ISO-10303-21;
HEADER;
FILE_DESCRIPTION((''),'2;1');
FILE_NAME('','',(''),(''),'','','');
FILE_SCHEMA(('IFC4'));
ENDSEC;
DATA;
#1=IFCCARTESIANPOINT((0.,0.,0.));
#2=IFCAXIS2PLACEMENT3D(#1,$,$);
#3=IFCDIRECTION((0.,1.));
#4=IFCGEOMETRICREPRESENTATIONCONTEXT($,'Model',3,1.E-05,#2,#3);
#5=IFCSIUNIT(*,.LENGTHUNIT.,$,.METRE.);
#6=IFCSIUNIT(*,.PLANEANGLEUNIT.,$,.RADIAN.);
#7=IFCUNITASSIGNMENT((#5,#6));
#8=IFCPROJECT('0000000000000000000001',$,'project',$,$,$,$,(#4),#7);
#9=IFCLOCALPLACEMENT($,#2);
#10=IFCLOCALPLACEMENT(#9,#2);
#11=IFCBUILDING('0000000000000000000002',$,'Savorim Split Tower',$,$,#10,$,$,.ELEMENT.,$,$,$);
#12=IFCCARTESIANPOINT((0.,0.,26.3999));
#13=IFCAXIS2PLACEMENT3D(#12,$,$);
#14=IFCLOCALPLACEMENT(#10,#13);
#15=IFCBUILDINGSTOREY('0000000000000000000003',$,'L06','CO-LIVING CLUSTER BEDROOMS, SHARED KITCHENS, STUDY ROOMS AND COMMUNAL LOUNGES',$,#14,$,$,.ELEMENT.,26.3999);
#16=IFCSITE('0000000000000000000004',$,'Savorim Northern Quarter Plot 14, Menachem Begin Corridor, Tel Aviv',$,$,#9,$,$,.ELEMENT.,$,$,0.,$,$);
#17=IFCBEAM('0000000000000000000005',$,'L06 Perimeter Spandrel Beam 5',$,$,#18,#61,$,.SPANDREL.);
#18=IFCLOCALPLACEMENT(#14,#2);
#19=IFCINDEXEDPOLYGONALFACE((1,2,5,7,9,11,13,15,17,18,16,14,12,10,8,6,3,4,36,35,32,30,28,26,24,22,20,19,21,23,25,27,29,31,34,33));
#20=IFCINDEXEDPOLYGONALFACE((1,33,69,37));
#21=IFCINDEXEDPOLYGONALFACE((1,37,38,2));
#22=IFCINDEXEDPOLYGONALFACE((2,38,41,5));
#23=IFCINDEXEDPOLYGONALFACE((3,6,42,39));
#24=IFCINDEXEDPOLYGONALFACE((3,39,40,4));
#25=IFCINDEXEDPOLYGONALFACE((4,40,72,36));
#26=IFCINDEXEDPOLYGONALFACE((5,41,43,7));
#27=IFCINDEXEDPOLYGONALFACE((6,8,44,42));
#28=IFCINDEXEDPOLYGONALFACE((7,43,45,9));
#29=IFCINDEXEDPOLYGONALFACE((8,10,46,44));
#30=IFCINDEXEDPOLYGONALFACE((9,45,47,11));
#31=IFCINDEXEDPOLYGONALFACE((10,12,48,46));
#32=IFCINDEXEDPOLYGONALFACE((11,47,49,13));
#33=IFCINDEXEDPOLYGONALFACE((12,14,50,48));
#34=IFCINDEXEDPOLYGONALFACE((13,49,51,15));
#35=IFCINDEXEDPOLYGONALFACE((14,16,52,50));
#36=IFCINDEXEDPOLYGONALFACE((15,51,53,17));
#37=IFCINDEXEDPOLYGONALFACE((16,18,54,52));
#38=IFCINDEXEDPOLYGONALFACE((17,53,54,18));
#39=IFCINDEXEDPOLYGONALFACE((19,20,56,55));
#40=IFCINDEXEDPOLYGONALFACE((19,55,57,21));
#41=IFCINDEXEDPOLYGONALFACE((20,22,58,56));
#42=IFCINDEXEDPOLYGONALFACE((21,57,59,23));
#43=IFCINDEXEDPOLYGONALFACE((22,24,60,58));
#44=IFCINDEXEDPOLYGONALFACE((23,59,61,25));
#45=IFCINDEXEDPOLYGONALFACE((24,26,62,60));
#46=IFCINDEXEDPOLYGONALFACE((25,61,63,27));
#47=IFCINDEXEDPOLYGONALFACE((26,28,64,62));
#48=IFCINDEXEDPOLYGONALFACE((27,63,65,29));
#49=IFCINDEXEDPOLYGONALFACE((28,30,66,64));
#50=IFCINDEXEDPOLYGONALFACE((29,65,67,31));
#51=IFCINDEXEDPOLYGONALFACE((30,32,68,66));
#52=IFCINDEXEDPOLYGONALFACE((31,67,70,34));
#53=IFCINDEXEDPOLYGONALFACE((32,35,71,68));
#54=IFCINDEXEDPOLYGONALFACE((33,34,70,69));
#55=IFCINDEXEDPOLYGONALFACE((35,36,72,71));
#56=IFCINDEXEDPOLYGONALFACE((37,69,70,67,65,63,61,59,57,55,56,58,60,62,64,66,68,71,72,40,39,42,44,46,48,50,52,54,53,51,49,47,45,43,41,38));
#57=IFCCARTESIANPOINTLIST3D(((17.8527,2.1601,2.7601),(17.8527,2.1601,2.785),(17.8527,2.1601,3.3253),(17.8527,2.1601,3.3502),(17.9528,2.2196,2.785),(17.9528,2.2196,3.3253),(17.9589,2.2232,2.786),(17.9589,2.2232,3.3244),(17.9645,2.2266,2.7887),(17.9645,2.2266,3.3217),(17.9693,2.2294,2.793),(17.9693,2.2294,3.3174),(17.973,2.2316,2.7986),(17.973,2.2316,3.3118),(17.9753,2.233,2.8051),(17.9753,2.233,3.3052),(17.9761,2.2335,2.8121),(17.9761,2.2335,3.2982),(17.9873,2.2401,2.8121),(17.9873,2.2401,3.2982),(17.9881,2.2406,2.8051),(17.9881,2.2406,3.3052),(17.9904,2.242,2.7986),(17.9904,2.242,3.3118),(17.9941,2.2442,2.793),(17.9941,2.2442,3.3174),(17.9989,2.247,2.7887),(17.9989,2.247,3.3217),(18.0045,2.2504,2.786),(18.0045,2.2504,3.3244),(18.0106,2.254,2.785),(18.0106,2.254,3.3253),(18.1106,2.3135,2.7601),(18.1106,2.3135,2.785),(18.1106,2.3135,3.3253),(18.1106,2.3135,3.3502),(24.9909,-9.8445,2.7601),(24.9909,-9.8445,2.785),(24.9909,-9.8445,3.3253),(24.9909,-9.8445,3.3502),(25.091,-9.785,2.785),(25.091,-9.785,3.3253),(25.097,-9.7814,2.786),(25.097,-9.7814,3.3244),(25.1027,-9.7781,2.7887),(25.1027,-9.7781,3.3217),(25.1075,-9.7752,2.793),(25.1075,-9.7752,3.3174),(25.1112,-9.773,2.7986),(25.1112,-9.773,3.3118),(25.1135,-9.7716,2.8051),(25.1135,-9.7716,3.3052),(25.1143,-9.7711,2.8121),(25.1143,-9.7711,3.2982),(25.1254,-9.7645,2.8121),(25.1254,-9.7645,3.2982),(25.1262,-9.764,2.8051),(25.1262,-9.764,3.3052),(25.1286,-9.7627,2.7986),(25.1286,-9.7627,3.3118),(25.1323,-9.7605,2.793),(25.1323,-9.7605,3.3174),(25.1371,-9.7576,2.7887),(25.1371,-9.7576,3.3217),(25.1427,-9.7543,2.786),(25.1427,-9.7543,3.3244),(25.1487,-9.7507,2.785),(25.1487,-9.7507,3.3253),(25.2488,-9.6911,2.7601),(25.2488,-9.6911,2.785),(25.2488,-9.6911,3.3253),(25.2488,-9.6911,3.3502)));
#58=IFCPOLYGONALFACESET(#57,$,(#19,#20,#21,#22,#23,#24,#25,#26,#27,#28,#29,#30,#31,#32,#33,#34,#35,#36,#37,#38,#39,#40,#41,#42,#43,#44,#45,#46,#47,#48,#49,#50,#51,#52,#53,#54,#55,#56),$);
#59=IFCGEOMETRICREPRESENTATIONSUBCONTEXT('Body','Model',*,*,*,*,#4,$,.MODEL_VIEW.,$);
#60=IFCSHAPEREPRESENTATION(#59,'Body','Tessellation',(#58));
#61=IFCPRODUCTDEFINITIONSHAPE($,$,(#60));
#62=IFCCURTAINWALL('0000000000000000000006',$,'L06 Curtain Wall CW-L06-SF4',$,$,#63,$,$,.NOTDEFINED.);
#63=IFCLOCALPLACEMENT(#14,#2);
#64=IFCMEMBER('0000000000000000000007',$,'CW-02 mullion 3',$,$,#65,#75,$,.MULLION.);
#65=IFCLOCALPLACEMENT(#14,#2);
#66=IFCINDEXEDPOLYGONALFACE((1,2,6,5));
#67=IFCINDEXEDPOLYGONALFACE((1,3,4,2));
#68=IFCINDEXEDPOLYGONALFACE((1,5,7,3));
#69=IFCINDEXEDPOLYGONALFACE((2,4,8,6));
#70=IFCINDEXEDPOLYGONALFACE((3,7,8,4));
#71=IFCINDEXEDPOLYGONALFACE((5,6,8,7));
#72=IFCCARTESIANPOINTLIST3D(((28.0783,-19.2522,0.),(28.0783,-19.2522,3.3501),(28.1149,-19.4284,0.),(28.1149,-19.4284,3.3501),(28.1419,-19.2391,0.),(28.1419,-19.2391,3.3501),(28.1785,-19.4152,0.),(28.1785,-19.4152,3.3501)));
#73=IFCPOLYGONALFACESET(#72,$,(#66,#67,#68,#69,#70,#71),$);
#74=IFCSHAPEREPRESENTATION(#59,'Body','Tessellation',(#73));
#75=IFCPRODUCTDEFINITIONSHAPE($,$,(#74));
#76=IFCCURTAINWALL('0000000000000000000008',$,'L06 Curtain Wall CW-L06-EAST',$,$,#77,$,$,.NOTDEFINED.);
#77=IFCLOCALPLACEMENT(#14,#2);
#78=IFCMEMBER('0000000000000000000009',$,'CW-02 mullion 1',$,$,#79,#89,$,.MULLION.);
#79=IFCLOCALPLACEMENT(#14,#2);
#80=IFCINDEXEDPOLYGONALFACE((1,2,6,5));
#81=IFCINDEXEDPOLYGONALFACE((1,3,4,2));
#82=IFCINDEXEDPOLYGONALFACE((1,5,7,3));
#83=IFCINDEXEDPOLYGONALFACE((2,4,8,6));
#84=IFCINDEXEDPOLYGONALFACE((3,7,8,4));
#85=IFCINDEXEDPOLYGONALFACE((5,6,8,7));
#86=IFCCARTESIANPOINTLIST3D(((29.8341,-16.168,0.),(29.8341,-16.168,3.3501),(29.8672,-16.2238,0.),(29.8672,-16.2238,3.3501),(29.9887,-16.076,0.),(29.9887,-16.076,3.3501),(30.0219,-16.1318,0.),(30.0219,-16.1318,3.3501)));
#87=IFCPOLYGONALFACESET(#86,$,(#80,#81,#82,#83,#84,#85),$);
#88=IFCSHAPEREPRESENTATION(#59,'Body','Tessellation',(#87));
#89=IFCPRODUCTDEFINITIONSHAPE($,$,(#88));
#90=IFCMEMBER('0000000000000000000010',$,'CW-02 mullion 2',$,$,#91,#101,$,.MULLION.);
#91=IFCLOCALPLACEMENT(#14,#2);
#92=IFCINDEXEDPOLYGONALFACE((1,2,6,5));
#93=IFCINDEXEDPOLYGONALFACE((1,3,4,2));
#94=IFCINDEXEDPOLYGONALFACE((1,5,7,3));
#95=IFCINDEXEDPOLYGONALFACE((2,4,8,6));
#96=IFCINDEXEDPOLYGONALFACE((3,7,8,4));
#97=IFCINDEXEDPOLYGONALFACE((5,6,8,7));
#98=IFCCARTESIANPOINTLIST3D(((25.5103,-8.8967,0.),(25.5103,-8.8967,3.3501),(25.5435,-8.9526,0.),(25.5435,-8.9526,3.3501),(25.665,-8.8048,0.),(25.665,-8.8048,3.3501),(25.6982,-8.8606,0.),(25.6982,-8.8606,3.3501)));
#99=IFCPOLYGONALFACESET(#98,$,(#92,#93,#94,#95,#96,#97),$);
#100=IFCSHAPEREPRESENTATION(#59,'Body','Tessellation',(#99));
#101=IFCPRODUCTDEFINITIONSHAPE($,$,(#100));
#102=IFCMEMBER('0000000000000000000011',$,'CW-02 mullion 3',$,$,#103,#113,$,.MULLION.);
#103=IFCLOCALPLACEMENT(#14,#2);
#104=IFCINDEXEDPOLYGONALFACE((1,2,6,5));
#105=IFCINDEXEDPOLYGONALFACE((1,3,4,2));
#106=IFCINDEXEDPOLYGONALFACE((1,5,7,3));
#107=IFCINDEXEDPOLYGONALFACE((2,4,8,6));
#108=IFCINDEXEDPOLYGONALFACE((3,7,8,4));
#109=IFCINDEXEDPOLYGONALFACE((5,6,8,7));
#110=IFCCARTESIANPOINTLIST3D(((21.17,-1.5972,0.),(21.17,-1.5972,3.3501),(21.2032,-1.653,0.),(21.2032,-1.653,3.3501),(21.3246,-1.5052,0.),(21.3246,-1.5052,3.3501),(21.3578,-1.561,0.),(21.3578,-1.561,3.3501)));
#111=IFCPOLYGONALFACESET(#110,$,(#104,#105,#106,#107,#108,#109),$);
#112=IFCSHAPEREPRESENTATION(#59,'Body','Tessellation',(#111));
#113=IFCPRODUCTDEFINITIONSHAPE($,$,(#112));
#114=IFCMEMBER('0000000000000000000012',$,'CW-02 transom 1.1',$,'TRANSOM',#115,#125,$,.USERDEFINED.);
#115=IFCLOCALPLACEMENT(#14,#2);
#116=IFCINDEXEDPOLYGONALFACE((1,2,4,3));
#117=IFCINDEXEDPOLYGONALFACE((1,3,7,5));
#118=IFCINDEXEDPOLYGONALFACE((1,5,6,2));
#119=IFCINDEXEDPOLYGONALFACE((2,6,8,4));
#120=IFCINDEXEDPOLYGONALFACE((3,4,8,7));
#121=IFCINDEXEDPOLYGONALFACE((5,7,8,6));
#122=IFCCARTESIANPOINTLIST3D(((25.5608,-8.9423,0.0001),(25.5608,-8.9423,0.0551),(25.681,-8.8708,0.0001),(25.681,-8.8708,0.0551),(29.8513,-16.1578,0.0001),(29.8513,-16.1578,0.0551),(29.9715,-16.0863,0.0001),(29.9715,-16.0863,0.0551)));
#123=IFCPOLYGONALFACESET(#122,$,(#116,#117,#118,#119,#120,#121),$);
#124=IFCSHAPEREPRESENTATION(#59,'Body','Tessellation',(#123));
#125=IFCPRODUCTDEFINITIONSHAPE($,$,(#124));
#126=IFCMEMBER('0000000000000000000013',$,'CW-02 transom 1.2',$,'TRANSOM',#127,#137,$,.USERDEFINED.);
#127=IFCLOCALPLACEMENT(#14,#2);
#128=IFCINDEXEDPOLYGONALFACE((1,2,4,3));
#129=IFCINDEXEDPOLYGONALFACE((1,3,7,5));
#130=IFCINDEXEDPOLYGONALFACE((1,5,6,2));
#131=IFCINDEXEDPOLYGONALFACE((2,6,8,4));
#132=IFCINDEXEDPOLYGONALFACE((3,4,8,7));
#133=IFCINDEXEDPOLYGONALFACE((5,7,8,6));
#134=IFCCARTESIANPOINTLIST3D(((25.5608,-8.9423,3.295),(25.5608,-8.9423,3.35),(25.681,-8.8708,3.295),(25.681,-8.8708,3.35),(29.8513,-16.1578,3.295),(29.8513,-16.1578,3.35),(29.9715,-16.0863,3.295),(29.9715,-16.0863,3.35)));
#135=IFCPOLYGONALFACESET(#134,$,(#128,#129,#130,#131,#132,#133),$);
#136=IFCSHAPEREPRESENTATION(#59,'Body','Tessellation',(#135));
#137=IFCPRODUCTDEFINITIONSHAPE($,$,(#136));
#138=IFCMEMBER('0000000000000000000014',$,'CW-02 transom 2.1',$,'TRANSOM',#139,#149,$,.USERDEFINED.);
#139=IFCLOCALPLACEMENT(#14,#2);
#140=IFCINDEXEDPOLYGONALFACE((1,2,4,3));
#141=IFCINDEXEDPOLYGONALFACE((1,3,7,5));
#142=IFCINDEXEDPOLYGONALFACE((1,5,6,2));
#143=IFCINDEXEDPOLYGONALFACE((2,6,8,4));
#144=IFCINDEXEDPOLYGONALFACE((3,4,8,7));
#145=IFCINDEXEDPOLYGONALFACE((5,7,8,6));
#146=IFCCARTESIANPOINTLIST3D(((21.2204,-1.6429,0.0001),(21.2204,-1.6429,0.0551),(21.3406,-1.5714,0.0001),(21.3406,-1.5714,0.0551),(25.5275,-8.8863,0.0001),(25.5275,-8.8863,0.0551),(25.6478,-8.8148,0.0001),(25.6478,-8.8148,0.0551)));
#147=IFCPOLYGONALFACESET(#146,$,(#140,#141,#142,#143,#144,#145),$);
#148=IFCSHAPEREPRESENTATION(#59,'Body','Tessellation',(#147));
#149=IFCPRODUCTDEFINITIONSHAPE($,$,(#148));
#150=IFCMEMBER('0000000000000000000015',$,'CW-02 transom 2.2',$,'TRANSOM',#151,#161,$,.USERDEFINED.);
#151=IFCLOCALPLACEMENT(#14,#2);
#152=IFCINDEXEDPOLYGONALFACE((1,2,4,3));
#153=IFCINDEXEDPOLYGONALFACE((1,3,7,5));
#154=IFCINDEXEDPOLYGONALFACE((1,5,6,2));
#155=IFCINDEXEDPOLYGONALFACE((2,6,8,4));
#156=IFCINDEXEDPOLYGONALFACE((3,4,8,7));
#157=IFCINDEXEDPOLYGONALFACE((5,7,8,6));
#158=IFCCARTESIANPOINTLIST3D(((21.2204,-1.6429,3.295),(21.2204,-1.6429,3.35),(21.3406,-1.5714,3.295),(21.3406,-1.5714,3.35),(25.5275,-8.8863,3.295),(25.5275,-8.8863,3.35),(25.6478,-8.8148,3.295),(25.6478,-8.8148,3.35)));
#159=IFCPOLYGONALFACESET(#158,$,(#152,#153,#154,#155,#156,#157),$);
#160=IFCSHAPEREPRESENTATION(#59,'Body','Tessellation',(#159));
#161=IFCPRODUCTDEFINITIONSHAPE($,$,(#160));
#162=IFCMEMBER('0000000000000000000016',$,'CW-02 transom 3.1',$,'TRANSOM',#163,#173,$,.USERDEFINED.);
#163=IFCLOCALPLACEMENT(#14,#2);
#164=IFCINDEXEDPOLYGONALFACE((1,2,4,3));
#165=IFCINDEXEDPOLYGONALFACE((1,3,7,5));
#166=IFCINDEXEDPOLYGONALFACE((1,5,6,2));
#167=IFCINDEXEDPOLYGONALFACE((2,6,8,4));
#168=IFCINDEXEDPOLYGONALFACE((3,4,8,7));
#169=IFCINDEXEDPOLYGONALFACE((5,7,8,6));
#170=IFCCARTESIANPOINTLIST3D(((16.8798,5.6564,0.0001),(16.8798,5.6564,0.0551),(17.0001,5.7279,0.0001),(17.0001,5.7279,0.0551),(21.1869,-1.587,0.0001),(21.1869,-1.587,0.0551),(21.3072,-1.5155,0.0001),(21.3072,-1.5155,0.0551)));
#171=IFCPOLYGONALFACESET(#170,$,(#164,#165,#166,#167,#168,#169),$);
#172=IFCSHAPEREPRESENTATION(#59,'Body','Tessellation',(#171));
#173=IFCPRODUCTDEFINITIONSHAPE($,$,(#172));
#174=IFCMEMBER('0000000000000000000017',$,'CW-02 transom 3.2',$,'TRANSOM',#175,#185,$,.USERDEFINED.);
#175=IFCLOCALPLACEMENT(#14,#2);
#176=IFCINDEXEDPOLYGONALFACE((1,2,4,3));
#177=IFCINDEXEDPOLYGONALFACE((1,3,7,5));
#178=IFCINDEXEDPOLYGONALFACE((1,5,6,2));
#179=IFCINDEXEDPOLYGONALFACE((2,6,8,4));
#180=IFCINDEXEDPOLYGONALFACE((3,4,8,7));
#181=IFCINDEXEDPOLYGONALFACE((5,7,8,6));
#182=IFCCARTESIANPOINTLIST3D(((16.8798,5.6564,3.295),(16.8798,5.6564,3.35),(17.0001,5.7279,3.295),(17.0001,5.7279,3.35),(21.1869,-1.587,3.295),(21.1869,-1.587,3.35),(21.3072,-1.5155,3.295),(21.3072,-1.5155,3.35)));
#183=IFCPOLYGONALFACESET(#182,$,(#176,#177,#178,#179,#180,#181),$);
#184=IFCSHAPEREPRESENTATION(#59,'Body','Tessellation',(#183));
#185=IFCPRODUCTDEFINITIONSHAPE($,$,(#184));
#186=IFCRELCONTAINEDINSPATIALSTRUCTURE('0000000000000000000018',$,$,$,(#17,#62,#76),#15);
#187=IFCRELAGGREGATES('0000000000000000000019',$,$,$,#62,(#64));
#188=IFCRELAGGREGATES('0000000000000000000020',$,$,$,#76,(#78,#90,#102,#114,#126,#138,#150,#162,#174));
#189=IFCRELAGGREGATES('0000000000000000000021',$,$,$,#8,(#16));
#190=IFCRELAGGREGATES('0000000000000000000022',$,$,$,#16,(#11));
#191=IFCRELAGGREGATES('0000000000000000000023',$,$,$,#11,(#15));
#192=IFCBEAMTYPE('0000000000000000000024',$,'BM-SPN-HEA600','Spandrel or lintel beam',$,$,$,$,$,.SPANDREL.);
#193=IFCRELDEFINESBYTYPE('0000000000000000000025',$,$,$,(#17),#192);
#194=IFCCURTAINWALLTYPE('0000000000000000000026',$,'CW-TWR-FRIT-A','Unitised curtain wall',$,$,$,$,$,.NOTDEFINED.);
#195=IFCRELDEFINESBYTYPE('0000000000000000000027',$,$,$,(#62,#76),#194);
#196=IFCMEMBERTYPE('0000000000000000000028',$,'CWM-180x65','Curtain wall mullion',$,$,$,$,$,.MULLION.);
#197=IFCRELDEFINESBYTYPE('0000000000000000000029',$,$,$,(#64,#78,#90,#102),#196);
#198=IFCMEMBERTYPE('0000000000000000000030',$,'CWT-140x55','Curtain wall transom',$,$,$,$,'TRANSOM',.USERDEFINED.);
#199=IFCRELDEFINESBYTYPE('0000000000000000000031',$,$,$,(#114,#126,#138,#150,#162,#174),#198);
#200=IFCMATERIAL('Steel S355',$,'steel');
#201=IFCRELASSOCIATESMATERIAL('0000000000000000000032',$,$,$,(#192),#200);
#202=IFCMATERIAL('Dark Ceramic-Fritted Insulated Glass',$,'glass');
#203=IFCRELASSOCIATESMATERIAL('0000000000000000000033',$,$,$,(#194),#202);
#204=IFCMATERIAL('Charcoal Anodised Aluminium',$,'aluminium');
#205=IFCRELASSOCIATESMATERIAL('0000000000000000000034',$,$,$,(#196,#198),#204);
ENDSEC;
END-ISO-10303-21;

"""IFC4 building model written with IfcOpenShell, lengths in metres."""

from ifc_helpers import new_model, si_unit, direction, frame, origin, origin_2d, place, context, subcontext, project, spatial, rectangle, i_section, extrude, material, material_profile, profile_set, type_object, element, aggregate, save


model = new_model("IFC4")

# Units and contexts
model_context = context("Model", 3, precision=1e-05, world=origin(), true_north=direction((0.0, 1.0)))
body_context = subcontext(model_context, "Body", "Model", "MODEL_VIEW")
ifc_project = project(units=[si_unit("LENGTHUNIT", "METRE"), si_unit("PLANEANGLEUNIT", "RADIAN")], contexts=[model_context])

# Site, building, storey
site_placement = place(None, origin())
site = spatial("IfcSite", under=ifc_project, at=site_placement, Name="Savorim Northern Quarter Plot 14, Menachem Begin Corridor, Tel Aviv", CompositionType="ELEMENT", RefElevation=0.0)
building_placement = place(site_placement, origin())
building = spatial("IfcBuilding", under=site, at=building_placement, Name="Savorim Split Tower", CompositionType="ELEMENT")
storey_placement = place(building_placement, frame((0.0, 0.0, 26.3999)))
storey = spatial("IfcBuildingStorey", under=building, at=storey_placement, Name="L06", Description="CO-LIVING CLUSTER BEDROOMS, SHARED KITCHENS, STUDY ROOMS AND COMMUNAL LOUNGES", CompositionType="ELEMENT", Elevation=26.3999)

# Beam
ifc_material_1 = material(Name="Steel S355", Category="steel")
ifc_material_profile_1 = material_profile(ifc_material_1, i_section(OverallWidth=0.3, OverallDepth=0.5901, WebThickness=0.0129, FlangeThickness=0.0249, FilletRadius=0.0271, at=origin_2d()), Name="HEA 600")
ifc_profile_set_1 = profile_set([ifc_material_profile_1], Name="Steel S355")
beam_type_1 = type_object("IfcBeamType", Name="BM-SPN-HEA600", Description="Spandrel or lintel beam", PredefinedType="SPANDREL", material=ifc_profile_set_1)
beam_1_placement = place(storey_placement, frame((25.1199, -9.7678, 3.0552), z_axis=(-0.511091, 0.859527, 0.0), x_axis=(-0.859527, -0.511091, 0.0)))
element("IfcBeam", 1, at=beam_1_placement, inside=storey, type_object=beam_type_1, Name="L06 Perimeter Spandrel Beam 5", PredefinedType="SPANDREL", context=body_context, shape_type="SweptSolid", body=[
    extrude(i_section(OverallWidth=0.3, OverallDepth=0.5901, WebThickness=0.0129, FlangeThickness=0.0249, FilletRadius=0.0271, at=origin_2d()), origin(), (0.0, 0.0, 1.0), 13.9666),
])

# Curtain wall, member
ifc_material_2 = material(Name="Dark Ceramic-Fritted Insulated Glass", Category="glass")
curtain_wall_type = type_object("IfcCurtainWallType", Name="CW-TWR-FRIT-A", Description="Unitised curtain wall", PredefinedType="NOTDEFINED", material=ifc_material_2)
curtain_wall_1_placement = place(storey_placement, origin())
curtain_wall_1 = element("IfcCurtainWall", 2, at=curtain_wall_1_placement, inside=storey, type_object=curtain_wall_type, Name="L06 Curtain Wall CW-L06-SF4", PredefinedType="NOTDEFINED")
ifc_material_3 = material(Name="Charcoal Anodised Aluminium", Category="aluminium")
ifc_material_profile_2 = material_profile(ifc_material_3, rectangle(XDim=0.1799, YDim=0.0649, at=origin_2d()), Name="ALU-M 180x65")
ifc_profile_set_2 = profile_set([ifc_material_profile_2], Name="Charcoal Anodised Aluminium")
member_type_1 = type_object("IfcMemberType", Name="CWM-180x65", Description="Curtain wall mullion", PredefinedType="MULLION", material=ifc_profile_set_2)
member_1_placement = place(storey_placement, frame((28.1284, -19.3337, 0.0), z_axis=(0.0, 0.0, 1.0), x_axis=(-0.20321, 0.979135, 0.0)))
member_1 = element("IfcMember", 3, at=member_1_placement, type_object=member_type_1, Name="CW-02 mullion 3", PredefinedType="MULLION", context=body_context, shape_type="SweptSolid", body=[
    extrude(rectangle(XDim=0.1799, YDim=0.0649, at=origin_2d()), origin(), (0.0, 0.0, 1.0), 3.3501),
])
aggregate(curtain_wall_1, [member_1])

# Curtain wall, members
curtain_wall_2_placement = place(storey_placement, origin())
curtain_wall_2 = element("IfcCurtainWall", 4, at=curtain_wall_2_placement, inside=storey, type_object=curtain_wall_type, Name="L06 Curtain Wall CW-L06-EAST", PredefinedType="NOTDEFINED")
member_2_placement = place(storey_placement, frame((29.928, -16.1499, 0.0), z_axis=(0.0, 0.0, 1.0), x_axis=(-0.859526, -0.511092, 0.0)))
member_2 = element("IfcMember", 5, at=member_2_placement, type_object=member_type_1, Name="CW-02 mullion 1", PredefinedType="MULLION", context=body_context, shape_type="SweptSolid", body=[
    extrude(rectangle(XDim=0.1799, YDim=0.0649, at=origin_2d()), origin(), (0.0, 0.0, 1.0), 3.3501),
])
member_3_placement = place(storey_placement, frame((25.6042, -8.8787, 0.0), z_axis=(0.0, 0.0, 1.0), x_axis=(-0.859526, -0.511092, 0.0)))
member_3 = element("IfcMember", 6, at=member_3_placement, type_object=member_type_1, Name="CW-02 mullion 2", PredefinedType="MULLION", context=body_context, shape_type="SweptSolid", body=[
    extrude(rectangle(XDim=0.1799, YDim=0.0649, at=origin_2d()), origin(), (0.0, 0.0, 1.0), 3.3501),
])
member_4_placement = place(storey_placement, frame((21.2639, -1.5791, 0.0), z_axis=(0.0, 0.0, 1.0), x_axis=(-0.859526, -0.511092, 0.0)))
member_4 = element("IfcMember", 7, at=member_4_placement, type_object=member_type_1, Name="CW-02 mullion 3", PredefinedType="MULLION", context=body_context, shape_type="SweptSolid", body=[
    extrude(rectangle(XDim=0.1799, YDim=0.0649, at=origin_2d()), origin(), (0.0, 0.0, 1.0), 3.3501),
])
ifc_material_profile_3 = material_profile(ifc_material_3, rectangle(XDim=0.1399, YDim=0.0549, at=origin_2d()), Name="ALU-T 140x55")
ifc_profile_set_3 = profile_set([ifc_material_profile_3], Name="Charcoal Anodised Aluminium")
member_type_2 = type_object("IfcMemberType", Name="CWT-140x55", Description="Curtain wall transom", ElementType="TRANSOM", PredefinedType="USERDEFINED", material=ifc_profile_set_3)
member_5_placement = place(storey_placement, frame((29.9114, -16.1221, 0.0276), z_axis=(-0.511092, 0.859526, 0.0), x_axis=(-0.859526, -0.511092, 0.0)))
member_5 = element("IfcMember", 8, at=member_5_placement, type_object=member_type_2, Name="CW-02 transom 1.1", ObjectType="TRANSOM", PredefinedType="USERDEFINED", context=body_context, shape_type="SweptSolid", body=[
    extrude(rectangle(XDim=0.1399, YDim=0.0549, at=origin_2d()), origin(), (0.0, 0.0, 1.0), 8.3948),
])
member_6_placement = place(storey_placement, frame((29.9114, -16.1221, 3.3225), z_axis=(-0.511092, 0.859526, 0.0), x_axis=(-0.859526, -0.511092, 0.0)))
member_6 = element("IfcMember", 9, at=member_6_placement, type_object=member_type_2, Name="CW-02 transom 1.2", ObjectType="TRANSOM", PredefinedType="USERDEFINED", context=body_context, shape_type="SweptSolid", body=[
    extrude(rectangle(XDim=0.1399, YDim=0.0549, at=origin_2d()), origin(), (0.0, 0.0, 1.0), 8.3948),
])
member_7_placement = place(storey_placement, frame((25.5876, -8.8506, 0.0276), z_axis=(-0.511096, 0.859524, 0.0), x_axis=(-0.859524, -0.511096, 0.0)))
member_7 = element("IfcMember", 10, at=member_7_placement, type_object=member_type_2, Name="CW-02 transom 2.1", ObjectType="TRANSOM", PredefinedType="USERDEFINED", context=body_context, shape_type="SweptSolid", body=[
    extrude(rectangle(XDim=0.1399, YDim=0.0549, at=origin_2d()), origin(), (0.0, 0.0, 1.0), 8.4272),
])
member_8_placement = place(storey_placement, frame((25.5876, -8.8506, 3.3225), z_axis=(-0.511096, 0.859524, 0.0), x_axis=(-0.859524, -0.511096, 0.0)))
member_8 = element("IfcMember", 11, at=member_8_placement, type_object=member_type_2, Name="CW-02 transom 2.2", ObjectType="TRANSOM", PredefinedType="USERDEFINED", context=body_context, shape_type="SweptSolid", body=[
    extrude(rectangle(XDim=0.1399, YDim=0.0549, at=origin_2d()), origin(), (0.0, 0.0, 1.0), 8.4272),
])
member_9_placement = place(storey_placement, frame((21.2471, -1.5513, 0.0276), z_axis=(-0.511096, 0.859524, 0.0), x_axis=(-0.859524, -0.511096, 0.0)))
member_9 = element("IfcMember", 12, at=member_9_placement, type_object=member_type_2, Name="CW-02 transom 3.1", ObjectType="TRANSOM", PredefinedType="USERDEFINED", context=body_context, shape_type="SweptSolid", body=[
    extrude(rectangle(XDim=0.1399, YDim=0.0549, at=origin_2d()), origin(), (0.0, 0.0, 1.0), 8.4272),
])
member_10_placement = place(storey_placement, frame((21.2471, -1.5513, 3.3225), z_axis=(-0.511096, 0.859524, 0.0), x_axis=(-0.859524, -0.511096, 0.0)))
member_10 = element("IfcMember", 13, at=member_10_placement, type_object=member_type_2, Name="CW-02 transom 3.2", ObjectType="TRANSOM", PredefinedType="USERDEFINED", context=body_context, shape_type="SweptSolid", body=[
    extrude(rectangle(XDim=0.1399, YDim=0.0549, at=origin_2d()), origin(), (0.0, 0.0, 1.0), 8.4272),
])
aggregate(curtain_wall_2, [member_2, member_3, member_4, member_5, member_6, member_7, member_8, member_9, member_10])

save(model, "model.ifc")
